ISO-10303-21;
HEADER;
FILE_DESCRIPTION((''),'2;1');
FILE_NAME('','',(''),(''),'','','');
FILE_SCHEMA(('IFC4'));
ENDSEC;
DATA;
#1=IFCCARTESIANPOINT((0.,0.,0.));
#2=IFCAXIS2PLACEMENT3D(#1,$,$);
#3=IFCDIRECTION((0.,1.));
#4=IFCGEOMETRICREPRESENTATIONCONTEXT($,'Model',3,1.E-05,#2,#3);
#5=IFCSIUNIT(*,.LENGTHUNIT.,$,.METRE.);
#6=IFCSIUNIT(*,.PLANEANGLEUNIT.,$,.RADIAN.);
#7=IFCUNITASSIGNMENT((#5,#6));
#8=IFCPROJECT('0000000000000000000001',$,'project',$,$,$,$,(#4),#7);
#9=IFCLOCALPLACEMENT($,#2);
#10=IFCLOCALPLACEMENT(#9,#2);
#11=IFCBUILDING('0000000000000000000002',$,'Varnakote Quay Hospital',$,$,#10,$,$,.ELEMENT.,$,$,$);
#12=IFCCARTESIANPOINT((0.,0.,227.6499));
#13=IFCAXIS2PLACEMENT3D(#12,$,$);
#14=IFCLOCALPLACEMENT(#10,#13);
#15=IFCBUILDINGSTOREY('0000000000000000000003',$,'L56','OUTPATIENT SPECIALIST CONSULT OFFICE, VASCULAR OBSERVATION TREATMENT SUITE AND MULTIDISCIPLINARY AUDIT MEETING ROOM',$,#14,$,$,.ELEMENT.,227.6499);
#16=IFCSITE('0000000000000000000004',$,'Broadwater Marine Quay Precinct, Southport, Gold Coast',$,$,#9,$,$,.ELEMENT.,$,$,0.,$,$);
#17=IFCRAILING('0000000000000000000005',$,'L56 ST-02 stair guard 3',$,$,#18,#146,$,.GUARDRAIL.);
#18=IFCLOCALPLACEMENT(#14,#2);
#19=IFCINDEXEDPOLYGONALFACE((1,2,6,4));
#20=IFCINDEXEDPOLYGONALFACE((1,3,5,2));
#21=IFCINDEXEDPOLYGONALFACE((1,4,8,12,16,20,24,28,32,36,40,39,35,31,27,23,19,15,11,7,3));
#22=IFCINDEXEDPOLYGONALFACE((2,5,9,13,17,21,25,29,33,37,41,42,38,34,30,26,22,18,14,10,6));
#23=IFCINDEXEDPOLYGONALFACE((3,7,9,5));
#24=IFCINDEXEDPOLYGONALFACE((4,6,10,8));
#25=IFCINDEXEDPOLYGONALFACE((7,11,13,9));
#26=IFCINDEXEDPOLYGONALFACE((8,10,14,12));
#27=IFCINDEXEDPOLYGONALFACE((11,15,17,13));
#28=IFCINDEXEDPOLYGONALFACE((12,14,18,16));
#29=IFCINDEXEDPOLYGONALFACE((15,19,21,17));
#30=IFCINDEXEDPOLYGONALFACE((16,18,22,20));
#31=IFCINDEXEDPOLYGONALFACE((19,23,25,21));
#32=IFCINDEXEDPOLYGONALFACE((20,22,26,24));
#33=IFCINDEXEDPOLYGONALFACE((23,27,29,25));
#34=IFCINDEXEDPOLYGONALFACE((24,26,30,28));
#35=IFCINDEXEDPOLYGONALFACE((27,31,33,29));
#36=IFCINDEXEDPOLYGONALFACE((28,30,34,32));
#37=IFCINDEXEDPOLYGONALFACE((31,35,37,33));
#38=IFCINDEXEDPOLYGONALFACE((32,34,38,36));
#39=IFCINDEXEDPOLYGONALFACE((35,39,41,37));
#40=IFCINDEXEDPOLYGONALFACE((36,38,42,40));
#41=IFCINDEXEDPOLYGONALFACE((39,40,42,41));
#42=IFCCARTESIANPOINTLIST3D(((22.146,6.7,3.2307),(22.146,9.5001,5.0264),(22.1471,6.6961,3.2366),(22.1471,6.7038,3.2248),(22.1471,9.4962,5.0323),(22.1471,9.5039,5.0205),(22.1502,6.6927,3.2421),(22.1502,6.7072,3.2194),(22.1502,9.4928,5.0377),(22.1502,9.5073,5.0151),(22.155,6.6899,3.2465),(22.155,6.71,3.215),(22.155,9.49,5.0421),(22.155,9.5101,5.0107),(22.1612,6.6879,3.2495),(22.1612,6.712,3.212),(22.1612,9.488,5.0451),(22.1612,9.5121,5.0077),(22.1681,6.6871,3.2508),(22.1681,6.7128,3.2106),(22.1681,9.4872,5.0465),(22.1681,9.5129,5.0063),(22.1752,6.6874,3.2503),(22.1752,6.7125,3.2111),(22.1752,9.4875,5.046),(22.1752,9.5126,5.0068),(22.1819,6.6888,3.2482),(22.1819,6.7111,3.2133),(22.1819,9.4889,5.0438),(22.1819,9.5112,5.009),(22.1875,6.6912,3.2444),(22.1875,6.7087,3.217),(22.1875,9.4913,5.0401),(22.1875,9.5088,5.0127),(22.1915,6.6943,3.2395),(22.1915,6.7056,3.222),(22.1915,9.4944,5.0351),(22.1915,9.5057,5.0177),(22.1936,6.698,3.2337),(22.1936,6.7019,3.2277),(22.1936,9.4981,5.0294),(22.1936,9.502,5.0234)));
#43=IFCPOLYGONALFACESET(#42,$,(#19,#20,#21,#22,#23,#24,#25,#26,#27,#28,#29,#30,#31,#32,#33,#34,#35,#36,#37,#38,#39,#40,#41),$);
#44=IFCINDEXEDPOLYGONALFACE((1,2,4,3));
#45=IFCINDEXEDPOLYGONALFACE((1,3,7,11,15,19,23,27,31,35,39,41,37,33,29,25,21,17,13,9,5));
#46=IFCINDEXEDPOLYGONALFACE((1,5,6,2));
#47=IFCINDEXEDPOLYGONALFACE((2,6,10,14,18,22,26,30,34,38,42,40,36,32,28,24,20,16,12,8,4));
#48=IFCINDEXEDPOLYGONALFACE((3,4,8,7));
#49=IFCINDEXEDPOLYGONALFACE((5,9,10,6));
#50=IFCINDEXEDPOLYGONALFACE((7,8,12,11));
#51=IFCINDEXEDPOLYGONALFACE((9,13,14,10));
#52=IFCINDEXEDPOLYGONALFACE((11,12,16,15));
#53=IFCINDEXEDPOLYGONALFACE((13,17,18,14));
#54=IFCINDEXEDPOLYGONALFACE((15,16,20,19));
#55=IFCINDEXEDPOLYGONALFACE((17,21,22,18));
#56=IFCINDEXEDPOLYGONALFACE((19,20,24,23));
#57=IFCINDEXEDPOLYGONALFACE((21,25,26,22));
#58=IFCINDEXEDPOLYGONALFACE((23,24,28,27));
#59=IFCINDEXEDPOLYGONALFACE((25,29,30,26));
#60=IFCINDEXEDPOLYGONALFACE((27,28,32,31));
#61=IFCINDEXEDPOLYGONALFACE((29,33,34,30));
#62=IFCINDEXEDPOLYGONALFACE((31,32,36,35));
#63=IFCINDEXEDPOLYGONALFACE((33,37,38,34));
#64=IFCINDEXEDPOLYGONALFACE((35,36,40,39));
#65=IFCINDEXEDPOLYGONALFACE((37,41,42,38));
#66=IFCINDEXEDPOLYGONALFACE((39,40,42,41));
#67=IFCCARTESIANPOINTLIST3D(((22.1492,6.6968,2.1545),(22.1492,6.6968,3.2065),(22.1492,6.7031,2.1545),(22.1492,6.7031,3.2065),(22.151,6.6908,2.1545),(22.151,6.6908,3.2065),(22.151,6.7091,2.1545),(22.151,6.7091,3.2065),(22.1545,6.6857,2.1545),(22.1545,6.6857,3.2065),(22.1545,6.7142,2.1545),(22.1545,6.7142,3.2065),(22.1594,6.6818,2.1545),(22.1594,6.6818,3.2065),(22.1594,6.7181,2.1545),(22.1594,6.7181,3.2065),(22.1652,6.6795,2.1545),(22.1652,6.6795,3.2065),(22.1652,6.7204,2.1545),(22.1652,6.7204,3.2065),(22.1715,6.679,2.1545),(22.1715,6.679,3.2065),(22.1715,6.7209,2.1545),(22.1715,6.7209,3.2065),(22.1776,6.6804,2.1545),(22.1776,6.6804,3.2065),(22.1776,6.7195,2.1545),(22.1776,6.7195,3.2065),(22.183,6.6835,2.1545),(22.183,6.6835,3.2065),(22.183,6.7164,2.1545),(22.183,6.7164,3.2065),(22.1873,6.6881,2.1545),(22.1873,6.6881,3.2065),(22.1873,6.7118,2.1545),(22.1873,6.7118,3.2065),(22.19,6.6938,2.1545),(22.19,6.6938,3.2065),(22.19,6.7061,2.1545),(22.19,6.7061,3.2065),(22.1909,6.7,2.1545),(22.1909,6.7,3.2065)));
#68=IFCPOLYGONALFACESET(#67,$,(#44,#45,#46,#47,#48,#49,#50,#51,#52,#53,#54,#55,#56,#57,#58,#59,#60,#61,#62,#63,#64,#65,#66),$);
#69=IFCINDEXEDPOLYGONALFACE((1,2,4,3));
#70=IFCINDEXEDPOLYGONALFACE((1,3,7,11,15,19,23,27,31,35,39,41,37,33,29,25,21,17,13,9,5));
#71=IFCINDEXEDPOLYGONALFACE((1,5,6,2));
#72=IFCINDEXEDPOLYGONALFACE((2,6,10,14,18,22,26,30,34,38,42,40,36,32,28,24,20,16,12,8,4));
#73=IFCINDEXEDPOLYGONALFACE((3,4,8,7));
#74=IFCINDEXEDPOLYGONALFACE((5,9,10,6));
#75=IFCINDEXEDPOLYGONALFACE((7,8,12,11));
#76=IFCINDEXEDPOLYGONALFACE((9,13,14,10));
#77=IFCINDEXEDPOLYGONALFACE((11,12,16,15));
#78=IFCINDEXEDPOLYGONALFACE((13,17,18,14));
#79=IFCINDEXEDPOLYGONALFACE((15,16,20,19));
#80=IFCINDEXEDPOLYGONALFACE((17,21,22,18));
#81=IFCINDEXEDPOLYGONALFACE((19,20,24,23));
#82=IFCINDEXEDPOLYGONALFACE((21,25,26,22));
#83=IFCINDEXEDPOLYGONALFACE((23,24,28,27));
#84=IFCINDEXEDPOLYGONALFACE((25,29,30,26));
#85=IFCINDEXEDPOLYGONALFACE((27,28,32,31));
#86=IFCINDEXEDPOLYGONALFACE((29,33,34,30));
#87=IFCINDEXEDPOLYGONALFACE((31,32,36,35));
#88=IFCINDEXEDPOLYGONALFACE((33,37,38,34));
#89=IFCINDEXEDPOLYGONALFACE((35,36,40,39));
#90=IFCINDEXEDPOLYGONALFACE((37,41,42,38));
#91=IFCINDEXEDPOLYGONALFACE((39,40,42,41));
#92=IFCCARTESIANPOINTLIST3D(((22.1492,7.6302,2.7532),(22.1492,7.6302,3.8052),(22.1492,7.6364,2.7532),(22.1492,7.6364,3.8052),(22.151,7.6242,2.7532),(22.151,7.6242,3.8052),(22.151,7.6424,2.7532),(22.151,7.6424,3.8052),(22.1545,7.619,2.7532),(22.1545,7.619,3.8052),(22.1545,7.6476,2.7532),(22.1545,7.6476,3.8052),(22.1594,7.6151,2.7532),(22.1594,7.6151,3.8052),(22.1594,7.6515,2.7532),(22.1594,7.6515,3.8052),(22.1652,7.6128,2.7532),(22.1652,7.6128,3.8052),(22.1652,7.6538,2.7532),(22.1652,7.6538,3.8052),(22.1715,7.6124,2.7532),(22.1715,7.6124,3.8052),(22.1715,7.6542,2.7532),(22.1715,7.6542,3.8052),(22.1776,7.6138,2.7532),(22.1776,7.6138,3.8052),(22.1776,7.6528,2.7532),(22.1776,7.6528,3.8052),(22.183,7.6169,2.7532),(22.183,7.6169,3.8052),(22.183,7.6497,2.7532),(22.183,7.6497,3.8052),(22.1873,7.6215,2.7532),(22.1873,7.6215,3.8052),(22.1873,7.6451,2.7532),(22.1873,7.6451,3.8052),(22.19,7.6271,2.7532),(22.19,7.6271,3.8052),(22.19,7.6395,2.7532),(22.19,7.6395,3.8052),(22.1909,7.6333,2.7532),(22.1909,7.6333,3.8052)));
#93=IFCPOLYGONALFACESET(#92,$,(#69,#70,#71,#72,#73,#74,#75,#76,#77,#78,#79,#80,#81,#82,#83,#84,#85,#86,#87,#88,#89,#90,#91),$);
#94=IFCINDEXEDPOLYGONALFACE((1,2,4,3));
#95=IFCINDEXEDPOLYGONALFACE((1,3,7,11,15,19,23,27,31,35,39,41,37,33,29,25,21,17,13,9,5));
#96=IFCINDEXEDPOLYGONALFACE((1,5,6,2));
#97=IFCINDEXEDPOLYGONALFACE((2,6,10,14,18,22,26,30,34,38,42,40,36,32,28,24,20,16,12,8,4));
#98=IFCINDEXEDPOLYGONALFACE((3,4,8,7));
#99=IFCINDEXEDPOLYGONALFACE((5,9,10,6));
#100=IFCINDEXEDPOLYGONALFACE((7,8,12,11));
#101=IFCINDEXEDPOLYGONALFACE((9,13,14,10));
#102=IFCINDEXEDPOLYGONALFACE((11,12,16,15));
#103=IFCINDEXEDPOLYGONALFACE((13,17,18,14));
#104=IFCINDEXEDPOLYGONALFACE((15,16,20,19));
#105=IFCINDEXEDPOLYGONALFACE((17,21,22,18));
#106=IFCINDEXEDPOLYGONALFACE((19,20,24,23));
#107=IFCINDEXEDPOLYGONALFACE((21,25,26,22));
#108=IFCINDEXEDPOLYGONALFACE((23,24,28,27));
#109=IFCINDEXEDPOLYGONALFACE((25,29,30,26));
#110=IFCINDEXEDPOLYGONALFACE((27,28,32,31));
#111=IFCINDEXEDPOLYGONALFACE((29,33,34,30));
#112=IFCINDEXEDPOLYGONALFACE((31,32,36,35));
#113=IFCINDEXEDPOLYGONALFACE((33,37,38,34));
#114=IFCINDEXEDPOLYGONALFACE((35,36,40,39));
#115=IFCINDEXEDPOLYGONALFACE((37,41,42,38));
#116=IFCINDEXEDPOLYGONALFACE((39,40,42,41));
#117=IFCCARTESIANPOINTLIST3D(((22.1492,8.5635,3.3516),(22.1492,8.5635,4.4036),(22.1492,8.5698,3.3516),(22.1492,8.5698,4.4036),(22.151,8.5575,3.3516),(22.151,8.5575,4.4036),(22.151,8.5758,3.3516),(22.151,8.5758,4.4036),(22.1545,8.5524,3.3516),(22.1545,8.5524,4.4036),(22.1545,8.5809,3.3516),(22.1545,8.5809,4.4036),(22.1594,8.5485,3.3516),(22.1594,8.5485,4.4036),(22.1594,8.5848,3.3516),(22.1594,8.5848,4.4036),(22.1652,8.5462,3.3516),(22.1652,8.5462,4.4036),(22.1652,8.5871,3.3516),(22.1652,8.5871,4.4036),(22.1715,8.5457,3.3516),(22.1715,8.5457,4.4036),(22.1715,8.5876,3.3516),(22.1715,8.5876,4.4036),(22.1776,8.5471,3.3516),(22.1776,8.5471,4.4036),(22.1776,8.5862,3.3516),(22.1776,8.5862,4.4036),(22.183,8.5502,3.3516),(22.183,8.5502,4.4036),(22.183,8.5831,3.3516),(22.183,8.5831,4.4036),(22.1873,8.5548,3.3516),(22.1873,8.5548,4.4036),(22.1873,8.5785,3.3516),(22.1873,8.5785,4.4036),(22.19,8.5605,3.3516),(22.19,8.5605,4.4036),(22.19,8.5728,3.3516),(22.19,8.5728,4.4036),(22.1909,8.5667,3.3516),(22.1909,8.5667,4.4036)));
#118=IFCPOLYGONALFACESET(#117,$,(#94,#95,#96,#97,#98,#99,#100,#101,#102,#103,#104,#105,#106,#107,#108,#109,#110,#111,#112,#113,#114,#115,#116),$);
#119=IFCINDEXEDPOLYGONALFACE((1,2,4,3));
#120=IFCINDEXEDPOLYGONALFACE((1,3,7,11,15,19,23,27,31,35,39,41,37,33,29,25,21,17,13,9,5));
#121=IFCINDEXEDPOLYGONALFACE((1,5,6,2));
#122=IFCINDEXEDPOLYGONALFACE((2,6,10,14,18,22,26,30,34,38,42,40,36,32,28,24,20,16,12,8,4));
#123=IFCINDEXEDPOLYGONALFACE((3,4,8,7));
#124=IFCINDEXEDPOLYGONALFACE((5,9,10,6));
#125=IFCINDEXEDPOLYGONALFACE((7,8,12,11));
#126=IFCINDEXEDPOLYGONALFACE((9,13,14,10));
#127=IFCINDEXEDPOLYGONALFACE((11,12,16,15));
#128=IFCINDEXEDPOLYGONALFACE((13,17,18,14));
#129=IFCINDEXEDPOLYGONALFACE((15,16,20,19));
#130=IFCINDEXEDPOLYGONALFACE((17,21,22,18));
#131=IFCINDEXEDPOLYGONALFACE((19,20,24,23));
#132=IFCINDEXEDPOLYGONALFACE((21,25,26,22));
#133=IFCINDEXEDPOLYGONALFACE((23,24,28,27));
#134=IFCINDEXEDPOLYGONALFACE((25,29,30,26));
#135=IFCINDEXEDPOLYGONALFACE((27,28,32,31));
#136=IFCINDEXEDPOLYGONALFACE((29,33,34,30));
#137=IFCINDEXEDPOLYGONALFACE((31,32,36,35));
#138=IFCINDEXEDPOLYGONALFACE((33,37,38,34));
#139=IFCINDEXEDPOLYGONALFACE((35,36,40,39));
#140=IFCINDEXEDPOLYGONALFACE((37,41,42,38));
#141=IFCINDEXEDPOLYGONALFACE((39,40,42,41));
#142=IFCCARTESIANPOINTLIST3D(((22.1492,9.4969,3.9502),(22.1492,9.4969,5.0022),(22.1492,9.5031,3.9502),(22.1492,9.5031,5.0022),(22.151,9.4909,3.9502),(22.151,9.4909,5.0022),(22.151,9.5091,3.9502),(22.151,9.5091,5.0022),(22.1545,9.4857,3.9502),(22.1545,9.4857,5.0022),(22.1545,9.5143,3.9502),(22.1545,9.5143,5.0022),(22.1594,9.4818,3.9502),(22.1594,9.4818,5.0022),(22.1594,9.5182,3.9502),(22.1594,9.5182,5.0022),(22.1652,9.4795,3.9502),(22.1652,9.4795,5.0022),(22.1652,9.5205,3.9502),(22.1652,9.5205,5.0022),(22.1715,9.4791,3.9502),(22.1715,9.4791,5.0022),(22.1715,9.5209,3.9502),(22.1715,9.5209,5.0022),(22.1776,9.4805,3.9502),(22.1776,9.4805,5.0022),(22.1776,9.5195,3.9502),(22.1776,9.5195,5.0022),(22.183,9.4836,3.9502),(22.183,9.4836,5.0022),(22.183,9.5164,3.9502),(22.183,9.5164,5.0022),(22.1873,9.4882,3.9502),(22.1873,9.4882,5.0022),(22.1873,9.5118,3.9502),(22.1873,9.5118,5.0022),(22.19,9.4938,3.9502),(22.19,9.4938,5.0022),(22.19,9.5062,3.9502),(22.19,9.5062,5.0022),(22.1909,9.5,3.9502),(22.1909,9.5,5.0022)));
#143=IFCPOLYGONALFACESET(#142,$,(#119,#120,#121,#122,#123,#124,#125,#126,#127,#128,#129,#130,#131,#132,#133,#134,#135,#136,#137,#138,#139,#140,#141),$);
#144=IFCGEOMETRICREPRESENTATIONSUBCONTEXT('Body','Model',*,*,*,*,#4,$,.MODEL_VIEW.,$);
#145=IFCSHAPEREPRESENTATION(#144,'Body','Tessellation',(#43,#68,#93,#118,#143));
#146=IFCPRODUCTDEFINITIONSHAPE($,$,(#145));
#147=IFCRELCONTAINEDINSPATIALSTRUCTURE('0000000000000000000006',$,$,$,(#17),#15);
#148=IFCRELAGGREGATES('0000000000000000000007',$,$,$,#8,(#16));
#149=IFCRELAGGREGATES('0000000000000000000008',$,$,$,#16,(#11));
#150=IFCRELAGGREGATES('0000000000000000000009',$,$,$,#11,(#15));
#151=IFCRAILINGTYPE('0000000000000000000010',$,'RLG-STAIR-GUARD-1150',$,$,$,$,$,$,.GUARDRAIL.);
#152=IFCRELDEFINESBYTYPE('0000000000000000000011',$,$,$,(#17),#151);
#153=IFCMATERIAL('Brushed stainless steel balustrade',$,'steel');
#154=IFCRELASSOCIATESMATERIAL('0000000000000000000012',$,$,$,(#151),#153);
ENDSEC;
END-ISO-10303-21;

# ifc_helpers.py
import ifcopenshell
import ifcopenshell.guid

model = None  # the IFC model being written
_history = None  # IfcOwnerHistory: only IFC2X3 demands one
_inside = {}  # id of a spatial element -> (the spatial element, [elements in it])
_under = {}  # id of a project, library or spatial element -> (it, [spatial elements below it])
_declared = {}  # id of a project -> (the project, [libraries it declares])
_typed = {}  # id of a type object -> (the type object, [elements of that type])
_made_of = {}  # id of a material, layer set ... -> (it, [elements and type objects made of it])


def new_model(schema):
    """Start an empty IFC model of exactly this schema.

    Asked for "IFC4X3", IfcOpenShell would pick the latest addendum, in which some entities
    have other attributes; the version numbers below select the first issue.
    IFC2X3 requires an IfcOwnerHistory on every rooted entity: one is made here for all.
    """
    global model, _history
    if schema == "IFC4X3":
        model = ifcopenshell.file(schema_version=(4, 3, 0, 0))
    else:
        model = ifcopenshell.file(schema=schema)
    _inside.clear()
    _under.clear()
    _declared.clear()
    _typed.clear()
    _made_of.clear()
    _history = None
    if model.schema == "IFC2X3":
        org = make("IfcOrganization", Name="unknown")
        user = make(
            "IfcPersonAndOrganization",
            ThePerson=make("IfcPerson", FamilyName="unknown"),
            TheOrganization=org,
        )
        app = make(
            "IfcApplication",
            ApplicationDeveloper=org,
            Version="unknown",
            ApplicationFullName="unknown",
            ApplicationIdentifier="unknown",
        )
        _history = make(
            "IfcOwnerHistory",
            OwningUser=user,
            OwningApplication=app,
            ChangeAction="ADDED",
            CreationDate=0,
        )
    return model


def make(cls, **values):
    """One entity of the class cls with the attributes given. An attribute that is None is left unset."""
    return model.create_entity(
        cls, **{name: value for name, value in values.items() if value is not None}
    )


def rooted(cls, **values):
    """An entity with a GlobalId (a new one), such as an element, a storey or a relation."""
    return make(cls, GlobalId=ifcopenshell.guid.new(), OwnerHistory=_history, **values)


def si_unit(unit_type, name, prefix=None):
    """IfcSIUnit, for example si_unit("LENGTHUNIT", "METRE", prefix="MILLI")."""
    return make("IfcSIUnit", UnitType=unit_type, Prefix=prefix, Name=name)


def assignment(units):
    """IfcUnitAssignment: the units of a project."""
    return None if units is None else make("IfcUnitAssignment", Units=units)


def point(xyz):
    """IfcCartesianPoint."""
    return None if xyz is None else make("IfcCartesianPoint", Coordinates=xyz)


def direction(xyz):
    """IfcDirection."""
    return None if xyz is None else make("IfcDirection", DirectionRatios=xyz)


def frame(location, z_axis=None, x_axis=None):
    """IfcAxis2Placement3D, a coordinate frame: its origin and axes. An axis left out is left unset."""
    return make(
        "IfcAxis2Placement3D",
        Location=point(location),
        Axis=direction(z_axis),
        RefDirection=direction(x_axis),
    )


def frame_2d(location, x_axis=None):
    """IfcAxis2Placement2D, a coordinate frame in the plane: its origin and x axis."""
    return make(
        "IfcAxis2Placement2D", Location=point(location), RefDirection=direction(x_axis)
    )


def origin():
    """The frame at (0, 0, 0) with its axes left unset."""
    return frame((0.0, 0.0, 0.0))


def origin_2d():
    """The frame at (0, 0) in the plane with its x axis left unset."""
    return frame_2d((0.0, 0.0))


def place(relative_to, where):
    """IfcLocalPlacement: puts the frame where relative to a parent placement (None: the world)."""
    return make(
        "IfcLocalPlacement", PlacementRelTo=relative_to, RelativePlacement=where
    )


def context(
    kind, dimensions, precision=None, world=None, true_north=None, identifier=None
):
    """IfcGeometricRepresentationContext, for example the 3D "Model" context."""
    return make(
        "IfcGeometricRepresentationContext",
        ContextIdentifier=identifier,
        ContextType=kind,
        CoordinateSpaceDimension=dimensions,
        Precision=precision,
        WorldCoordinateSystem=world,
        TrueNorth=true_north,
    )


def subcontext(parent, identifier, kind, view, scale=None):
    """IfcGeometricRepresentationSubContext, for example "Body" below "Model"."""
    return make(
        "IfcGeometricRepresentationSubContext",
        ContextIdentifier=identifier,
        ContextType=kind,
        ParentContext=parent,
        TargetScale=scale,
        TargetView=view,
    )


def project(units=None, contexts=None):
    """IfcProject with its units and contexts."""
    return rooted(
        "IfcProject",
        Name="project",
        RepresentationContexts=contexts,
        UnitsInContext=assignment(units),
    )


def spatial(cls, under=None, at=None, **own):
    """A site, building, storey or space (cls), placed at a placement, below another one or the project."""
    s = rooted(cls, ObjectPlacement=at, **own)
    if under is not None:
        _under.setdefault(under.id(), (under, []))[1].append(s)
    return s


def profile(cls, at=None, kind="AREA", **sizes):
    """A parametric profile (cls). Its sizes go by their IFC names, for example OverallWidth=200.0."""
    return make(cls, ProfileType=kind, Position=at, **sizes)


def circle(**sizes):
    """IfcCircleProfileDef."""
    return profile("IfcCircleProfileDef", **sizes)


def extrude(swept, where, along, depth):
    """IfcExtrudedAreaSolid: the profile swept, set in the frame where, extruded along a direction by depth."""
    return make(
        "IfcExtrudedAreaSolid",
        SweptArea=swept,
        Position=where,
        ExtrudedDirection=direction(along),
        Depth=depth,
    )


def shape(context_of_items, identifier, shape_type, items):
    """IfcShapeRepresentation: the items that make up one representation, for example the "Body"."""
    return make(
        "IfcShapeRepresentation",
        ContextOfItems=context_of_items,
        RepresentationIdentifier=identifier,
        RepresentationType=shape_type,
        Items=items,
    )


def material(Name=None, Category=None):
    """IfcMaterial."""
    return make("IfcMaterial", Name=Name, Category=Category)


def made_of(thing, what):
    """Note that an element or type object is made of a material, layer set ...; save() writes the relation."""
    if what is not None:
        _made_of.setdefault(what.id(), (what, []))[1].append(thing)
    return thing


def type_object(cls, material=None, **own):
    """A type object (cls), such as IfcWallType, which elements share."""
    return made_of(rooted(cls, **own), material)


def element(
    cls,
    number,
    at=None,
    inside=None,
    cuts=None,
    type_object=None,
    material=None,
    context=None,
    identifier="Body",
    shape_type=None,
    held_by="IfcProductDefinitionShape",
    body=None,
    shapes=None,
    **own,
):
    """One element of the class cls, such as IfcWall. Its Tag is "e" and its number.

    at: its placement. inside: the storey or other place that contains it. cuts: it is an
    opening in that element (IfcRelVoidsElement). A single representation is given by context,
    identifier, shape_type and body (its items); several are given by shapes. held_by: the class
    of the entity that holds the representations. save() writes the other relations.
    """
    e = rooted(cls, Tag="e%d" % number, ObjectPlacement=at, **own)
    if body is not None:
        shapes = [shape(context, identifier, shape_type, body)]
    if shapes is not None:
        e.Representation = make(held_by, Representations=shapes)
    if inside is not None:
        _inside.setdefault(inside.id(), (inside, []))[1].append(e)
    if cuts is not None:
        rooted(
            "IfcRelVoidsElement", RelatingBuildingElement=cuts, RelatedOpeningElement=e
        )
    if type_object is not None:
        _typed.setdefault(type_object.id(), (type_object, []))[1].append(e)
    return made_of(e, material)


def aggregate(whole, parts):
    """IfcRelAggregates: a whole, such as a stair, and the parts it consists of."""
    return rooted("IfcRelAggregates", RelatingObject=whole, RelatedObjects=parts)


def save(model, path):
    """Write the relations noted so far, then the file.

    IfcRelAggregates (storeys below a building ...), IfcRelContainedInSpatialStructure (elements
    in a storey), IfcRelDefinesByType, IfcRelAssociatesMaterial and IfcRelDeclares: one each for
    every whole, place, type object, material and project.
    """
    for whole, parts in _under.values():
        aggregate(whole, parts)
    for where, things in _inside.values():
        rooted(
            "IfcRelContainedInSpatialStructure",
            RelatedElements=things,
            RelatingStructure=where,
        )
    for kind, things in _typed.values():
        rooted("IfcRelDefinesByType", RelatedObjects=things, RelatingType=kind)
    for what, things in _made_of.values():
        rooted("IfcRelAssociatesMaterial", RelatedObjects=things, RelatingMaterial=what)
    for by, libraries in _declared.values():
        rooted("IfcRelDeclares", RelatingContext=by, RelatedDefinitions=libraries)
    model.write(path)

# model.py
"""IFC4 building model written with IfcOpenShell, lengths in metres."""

from ifc_helpers import new_model, si_unit, direction, frame, origin, origin_2d, place, context, subcontext, project, spatial, circle, extrude, material, type_object, element, save


model = new_model("IFC4")

# Units and contexts
model_context = context("Model", 3, precision=1e-05, world=origin(), true_north=direction((0.0, 1.0)))
body_context = subcontext(model_context, "Body", "Model", "MODEL_VIEW")
ifc_project = project(units=[si_unit("LENGTHUNIT", "METRE"), si_unit("PLANEANGLEUNIT", "RADIAN")], contexts=[model_context])

# Site, building, storey
site_placement = place(None, origin())
site = spatial("IfcSite", under=ifc_project, at=site_placement, Name="Broadwater Marine Quay Precinct, Southport, Gold Coast", CompositionType="ELEMENT", RefElevation=0.0)
building_placement = place(site_placement, origin())
building = spatial("IfcBuilding", under=site, at=building_placement, Name="Varnakote Quay Hospital", CompositionType="ELEMENT")
storey_placement = place(building_placement, frame((0.0, 0.0, 227.6499)))
storey = spatial("IfcBuildingStorey", under=building, at=storey_placement, Name="L56", Description="OUTPATIENT SPECIALIST CONSULT OFFICE, VASCULAR OBSERVATION TREATMENT SUITE AND MULTIDISCIPLINARY AUDIT MEETING ROOM", CompositionType="ELEMENT", Elevation=227.6499)

# Railing
ifc_material_1 = material(Name="Brushed stainless steel balustrade", Category="steel")
railing_type_1 = type_object("IfcRailingType", Name="RLG-STAIR-GUARD-1150", PredefinedType="GUARDRAIL", material=ifc_material_1)
railing_1_placement = place(storey_placement, frame((22.1699, 6.7, 2.1545)))
element("IfcRailing", 1, at=railing_1_placement, inside=storey, type_object=railing_type_1, Name="L56 ST-02 stair guard 3", PredefinedType="GUARDRAIL", context=body_context, shape_type="SweptSolid", body=[
    extrude(circle(Radius=0.0239, at=origin_2d()), frame((0.0, 0.0, 1.0762), z_axis=(0.0, 0.841777, 0.539826), x_axis=(-1.0, 0.0, 0.0)), (0.0, 0.0, 1.0), 3.3264),
    extrude(circle(Radius=0.021, at=origin_2d()), origin(), (0.0, 0.0, 1.0), 1.052),
    extrude(circle(Radius=0.021, at=origin_2d()), frame((0.0, 0.9333, 0.5986)), (0.0, 0.0, 1.0), 1.052),
    extrude(circle(Radius=0.021, at=origin_2d()), frame((0.0, 1.8667, 1.197)), (0.0, 0.0, 1.0), 1.052),
    extrude(circle(Radius=0.021, at=origin_2d()), frame((0.0, 2.8, 1.7957)), (0.0, 0.0, 1.0), 1.052),
])

save(model, "model.ifc")
